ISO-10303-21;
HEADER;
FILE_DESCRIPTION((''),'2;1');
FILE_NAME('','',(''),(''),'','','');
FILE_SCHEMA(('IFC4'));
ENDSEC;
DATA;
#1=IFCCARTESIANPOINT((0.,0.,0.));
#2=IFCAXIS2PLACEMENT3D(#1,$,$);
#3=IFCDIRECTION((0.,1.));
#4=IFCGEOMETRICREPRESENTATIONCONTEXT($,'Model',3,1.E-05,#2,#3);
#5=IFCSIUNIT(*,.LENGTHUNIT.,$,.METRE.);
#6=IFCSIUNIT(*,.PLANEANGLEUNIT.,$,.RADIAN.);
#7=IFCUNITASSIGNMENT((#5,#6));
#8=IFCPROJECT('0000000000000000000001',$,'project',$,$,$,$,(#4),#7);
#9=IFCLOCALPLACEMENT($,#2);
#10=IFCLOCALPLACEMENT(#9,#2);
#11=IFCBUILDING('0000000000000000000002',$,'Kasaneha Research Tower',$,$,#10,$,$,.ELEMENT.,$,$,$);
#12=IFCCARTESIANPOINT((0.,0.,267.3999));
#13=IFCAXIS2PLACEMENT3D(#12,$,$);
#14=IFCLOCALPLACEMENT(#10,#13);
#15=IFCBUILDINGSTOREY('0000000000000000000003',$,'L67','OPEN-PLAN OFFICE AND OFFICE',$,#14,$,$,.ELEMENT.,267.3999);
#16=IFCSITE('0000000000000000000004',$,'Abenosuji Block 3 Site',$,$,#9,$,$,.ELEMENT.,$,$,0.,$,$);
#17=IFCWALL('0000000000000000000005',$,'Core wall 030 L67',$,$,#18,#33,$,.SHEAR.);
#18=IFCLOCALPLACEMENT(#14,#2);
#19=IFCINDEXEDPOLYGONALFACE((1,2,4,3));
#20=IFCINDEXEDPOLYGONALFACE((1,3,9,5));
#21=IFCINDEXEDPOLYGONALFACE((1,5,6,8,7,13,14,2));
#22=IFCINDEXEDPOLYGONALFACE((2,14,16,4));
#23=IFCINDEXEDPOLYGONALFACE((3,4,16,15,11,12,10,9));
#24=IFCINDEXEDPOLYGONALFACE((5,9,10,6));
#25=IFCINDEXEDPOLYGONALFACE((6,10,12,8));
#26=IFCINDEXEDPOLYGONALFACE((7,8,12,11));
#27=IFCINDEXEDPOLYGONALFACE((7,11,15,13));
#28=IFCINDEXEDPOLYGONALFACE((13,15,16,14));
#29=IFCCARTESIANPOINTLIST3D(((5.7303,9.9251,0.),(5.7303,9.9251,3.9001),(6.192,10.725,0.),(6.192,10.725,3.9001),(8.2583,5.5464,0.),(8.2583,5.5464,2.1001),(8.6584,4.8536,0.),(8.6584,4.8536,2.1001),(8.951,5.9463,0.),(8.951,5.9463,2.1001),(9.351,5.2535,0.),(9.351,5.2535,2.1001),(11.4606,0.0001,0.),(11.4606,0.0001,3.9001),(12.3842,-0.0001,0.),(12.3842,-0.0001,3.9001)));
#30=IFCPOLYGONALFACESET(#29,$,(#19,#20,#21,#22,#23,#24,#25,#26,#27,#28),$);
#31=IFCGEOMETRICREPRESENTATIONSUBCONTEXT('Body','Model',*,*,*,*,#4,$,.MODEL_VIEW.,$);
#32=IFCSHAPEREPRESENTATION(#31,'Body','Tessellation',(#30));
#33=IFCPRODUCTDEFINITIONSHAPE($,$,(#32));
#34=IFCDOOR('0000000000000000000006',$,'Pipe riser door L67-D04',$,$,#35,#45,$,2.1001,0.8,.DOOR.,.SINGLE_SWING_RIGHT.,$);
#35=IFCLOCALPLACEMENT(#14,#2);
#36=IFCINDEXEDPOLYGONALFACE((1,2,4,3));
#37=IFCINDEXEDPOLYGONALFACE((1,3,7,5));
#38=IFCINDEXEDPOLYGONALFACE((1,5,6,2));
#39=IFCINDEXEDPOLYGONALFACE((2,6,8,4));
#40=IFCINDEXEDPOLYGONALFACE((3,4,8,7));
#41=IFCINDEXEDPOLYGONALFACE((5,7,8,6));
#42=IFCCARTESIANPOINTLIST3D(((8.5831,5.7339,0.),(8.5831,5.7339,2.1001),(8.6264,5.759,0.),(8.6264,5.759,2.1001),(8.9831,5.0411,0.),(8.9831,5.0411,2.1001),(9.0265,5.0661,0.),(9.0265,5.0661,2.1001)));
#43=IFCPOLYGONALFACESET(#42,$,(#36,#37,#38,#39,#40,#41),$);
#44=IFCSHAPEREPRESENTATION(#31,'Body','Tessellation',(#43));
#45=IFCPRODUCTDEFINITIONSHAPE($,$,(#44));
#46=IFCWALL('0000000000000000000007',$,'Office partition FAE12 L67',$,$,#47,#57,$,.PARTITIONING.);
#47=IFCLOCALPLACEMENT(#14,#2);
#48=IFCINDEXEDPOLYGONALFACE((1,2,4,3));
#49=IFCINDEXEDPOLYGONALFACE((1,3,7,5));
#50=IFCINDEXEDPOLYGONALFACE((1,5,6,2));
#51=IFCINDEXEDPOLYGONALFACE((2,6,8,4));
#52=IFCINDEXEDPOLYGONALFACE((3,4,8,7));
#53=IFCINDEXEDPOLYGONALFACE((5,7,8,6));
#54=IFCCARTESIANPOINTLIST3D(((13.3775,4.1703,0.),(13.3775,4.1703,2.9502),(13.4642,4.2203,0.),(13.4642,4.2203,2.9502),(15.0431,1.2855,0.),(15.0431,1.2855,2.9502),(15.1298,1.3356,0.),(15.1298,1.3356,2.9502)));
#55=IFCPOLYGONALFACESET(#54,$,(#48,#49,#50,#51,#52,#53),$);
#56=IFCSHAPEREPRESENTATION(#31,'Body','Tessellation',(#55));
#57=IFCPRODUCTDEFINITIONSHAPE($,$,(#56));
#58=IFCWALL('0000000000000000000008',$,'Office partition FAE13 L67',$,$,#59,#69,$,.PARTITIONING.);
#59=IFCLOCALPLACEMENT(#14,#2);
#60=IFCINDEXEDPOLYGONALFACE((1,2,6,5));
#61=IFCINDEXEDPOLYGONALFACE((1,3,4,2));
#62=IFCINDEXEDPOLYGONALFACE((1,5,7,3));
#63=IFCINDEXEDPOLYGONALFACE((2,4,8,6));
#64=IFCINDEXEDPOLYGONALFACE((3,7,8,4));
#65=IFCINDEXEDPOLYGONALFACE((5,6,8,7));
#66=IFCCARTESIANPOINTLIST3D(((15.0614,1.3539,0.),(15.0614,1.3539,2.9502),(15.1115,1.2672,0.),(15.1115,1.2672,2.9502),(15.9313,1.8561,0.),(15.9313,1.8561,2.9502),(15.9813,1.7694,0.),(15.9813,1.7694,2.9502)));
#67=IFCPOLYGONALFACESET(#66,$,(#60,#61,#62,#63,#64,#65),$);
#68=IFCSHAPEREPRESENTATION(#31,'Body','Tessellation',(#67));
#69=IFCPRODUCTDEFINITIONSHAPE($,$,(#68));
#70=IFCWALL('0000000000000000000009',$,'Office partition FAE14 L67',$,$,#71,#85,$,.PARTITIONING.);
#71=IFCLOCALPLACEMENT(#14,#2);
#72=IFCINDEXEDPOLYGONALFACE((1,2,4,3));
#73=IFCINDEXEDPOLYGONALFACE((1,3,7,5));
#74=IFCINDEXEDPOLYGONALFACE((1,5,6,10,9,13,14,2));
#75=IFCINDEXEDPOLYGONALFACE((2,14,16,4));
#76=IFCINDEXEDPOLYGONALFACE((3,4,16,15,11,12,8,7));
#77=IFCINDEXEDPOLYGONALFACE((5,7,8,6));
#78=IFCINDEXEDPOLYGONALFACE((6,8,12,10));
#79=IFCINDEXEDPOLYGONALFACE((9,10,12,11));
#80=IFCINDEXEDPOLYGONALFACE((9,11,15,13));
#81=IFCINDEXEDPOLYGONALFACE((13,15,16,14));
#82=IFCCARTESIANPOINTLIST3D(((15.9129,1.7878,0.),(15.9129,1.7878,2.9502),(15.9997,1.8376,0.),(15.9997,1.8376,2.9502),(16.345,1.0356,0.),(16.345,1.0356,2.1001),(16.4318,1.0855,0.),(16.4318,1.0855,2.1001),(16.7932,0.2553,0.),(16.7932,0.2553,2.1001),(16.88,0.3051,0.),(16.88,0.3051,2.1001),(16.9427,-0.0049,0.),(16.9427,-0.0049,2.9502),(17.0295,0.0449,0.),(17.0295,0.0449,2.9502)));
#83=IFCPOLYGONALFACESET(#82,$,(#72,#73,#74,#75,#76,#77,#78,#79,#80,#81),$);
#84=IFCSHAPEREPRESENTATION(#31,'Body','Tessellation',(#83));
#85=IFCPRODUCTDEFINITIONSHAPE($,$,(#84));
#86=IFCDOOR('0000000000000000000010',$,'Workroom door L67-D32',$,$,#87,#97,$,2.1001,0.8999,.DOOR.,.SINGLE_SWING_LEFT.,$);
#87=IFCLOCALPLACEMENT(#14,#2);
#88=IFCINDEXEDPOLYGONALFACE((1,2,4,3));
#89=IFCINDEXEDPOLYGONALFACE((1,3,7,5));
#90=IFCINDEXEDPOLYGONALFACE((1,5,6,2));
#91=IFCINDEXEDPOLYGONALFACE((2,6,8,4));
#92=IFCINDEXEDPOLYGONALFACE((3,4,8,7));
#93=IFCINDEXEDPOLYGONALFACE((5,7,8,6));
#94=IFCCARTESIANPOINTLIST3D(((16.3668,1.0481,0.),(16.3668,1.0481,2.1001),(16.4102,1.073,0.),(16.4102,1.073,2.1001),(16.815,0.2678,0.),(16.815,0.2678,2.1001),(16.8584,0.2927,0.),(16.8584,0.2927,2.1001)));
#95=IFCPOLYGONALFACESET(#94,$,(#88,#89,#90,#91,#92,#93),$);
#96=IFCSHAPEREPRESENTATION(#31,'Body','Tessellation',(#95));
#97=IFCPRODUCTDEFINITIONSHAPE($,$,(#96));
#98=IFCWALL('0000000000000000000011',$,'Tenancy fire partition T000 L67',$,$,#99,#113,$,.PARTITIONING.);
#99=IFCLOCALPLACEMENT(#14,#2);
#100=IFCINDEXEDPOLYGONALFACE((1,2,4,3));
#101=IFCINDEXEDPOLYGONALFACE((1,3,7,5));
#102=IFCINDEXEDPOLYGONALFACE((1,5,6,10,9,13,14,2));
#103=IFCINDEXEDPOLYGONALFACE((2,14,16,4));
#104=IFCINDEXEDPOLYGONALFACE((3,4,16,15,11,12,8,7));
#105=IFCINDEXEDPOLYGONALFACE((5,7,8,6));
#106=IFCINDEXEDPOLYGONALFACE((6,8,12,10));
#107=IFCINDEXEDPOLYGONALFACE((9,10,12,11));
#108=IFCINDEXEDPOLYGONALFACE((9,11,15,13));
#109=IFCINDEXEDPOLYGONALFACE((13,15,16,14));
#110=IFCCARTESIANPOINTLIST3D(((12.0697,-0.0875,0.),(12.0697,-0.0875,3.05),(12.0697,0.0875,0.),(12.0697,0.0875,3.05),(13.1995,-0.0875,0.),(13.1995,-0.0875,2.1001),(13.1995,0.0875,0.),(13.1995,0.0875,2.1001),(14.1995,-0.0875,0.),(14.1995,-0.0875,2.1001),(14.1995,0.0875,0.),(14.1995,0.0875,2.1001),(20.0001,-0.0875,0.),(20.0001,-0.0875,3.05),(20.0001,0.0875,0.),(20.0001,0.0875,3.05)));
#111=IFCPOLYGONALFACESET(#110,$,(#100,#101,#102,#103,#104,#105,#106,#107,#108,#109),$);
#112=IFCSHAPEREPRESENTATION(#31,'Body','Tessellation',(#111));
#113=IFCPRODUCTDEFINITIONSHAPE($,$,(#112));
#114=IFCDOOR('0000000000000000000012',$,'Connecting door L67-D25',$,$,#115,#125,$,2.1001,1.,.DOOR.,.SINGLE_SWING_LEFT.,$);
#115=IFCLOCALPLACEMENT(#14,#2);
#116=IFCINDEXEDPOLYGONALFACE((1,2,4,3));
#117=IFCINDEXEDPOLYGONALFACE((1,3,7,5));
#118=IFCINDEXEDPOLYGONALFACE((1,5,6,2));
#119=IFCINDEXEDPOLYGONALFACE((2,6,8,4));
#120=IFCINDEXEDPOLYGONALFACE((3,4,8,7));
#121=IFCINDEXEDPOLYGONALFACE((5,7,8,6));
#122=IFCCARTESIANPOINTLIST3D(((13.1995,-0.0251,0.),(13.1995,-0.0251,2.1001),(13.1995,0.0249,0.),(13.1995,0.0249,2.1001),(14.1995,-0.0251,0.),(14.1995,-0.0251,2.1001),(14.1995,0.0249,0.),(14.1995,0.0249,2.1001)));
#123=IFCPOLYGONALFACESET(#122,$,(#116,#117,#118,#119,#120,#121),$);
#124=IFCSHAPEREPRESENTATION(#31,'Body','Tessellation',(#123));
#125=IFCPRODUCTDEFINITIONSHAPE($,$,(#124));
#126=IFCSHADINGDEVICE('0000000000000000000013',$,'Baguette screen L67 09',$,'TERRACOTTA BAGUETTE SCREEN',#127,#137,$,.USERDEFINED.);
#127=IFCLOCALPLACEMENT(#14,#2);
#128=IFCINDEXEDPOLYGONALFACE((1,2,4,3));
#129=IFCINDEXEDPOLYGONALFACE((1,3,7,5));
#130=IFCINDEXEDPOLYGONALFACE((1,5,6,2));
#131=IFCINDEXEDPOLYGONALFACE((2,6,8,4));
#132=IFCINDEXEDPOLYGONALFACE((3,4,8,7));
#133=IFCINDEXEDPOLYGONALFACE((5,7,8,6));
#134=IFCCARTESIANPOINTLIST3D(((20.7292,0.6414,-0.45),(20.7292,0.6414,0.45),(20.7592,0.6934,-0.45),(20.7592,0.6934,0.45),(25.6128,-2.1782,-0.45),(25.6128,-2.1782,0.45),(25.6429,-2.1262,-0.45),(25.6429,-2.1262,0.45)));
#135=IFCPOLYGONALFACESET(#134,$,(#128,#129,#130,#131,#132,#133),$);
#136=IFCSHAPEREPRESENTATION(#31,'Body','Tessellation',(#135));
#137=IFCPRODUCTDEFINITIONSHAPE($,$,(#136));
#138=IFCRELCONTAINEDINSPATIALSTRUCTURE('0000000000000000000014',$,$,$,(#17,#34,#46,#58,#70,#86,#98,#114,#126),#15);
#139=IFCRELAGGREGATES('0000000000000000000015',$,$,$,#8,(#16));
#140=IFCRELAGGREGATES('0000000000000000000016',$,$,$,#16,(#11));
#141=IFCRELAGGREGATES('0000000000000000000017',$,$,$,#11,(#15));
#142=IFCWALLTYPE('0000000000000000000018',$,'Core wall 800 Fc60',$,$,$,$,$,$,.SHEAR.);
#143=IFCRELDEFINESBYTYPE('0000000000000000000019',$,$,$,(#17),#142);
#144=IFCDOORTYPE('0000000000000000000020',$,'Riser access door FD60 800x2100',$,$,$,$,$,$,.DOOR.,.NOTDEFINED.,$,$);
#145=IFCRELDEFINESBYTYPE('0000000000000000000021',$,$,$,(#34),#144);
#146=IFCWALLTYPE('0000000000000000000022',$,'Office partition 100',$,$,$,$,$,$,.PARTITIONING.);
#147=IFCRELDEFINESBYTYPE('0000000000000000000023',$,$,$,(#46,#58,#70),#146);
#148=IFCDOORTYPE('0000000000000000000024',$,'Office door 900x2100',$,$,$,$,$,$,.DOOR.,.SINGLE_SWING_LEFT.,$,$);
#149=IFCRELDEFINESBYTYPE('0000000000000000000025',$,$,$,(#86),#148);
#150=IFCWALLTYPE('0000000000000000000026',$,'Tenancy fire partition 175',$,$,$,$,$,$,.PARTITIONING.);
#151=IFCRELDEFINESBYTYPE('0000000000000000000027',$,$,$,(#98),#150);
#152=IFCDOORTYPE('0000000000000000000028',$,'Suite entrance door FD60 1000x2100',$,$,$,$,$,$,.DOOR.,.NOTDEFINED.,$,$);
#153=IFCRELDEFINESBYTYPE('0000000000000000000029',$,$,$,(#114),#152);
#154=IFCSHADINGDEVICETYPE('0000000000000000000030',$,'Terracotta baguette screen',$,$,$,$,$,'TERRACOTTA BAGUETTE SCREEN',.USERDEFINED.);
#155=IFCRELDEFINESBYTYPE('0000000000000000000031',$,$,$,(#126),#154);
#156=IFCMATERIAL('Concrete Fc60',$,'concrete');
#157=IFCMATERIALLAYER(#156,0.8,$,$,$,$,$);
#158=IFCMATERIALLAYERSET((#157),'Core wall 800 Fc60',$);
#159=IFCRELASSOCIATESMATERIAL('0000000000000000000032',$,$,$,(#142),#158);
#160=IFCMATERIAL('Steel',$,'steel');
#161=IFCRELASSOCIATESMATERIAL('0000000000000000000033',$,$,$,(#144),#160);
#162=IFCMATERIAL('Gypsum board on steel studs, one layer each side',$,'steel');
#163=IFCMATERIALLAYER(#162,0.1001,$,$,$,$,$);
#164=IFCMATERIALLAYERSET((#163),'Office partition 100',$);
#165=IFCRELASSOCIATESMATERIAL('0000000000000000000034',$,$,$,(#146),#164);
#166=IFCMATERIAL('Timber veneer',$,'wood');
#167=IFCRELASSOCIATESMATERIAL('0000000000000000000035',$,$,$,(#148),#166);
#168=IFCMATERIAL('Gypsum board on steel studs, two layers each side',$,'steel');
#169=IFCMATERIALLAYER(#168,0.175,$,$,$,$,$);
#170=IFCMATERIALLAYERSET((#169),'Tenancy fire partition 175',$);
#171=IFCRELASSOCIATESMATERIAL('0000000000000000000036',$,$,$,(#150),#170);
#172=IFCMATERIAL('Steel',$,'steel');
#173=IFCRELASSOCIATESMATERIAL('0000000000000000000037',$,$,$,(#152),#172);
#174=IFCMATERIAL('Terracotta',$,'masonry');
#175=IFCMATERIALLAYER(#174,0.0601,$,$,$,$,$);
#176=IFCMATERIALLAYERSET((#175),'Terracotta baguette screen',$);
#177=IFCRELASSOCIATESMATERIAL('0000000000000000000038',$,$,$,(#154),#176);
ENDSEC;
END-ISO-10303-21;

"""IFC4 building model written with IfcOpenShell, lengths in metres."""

from ifc_helpers import new_model, si_unit, direction, frame, frame_2d, origin, origin_2d, place, context, subcontext, project, spatial, polyline, rectangle, outline, extrude, material, layer, layer_set, type_object, element, fill, save


model = new_model("IFC4")

# Units and contexts
model_context = context("Model", 3, precision=1e-05, world=origin(), true_north=direction((0.0, 1.0)))
body_context = subcontext(model_context, "Body", "Model", "MODEL_VIEW")
ifc_project = project(units=[si_unit("LENGTHUNIT", "METRE"), si_unit("PLANEANGLEUNIT", "RADIAN")], contexts=[model_context])

# Site, building, storey
site_placement = place(None, origin())
site = spatial("IfcSite", under=ifc_project, at=site_placement, Name="Abenosuji Block 3 Site", CompositionType="ELEMENT", RefElevation=0.0)
building_placement = place(site_placement, origin())
building = spatial("IfcBuilding", under=site, at=building_placement, Name="Kasaneha Research Tower", CompositionType="ELEMENT")
storey_placement = place(building_placement, frame((0.0, 0.0, 267.3999)))
storey = spatial("IfcBuildingStorey", under=building, at=storey_placement, Name="L67", Description="OPEN-PLAN OFFICE AND OFFICE", CompositionType="ELEMENT", Elevation=267.3999)

# Wall, opening, door
ifc_material_1 = material(Name="Concrete Fc60", Category="concrete")
ifc_layer_1 = layer(ifc_material_1, 0.8)
ifc_layer_set_1 = layer_set([ifc_layer_1], Name="Core wall 800 Fc60")
wall_type_1 = type_object("IfcWallType", Name="Core wall 800 Fc60", PredefinedType="SHEAR", material=ifc_layer_set_1)
wall_1_placement = place(storey_placement, frame((11.9224, 0.0, 0.0), z_axis=(0.0, 0.0, 1.0), x_axis=(-0.500004, 0.866023, 0.0)))
wall_1 = element("IfcWall", 1, at=wall_1_placement, inside=storey, type_object=wall_type_1, Name="Core wall 030 L67", PredefinedType="SHEAR", context=body_context, shape_type="SweptSolid", body=[
    extrude(outline(polyline([(-0.231, -0.3999), (5.8354, -0.3999), (6.6355, -0.3999), (12.1533, -0.3999), (11.6914, 0.3999), (6.6355, 0.3999), (5.8354, 0.3999), (0.231, 0.3999), (-0.231, -0.3999)])), origin(), (0.0, 0.0, 1.0), 3.9001),
])
opening_1_placement = place(wall_1_placement, frame((5.8354, 0.0, 0.0)))
opening_1 = element("IfcOpeningElement", 2, at=opening_1_placement, cuts=wall_1, PredefinedType="OPENING", context=body_context, shape_type="SweptSolid", body=[
    extrude(rectangle(XDim=0.8, YDim=2.1001, at=frame_2d((0.3999, 1.05))), frame((0.0, 0.4102, 0.0), z_axis=(0.0, -1.0, 0.0), x_axis=(1.0, 0.0, 0.0)), (0.0, 0.0, 1.0), 0.8201),
])
ifc_material_2 = material(Name="Steel", Category="steel")
door_type_1 = type_object("IfcDoorType", Name="Riser access door FD60 800x2100", OperationType="NOTDEFINED", PredefinedType="DOOR", material=ifc_material_2)
door_1_placement = place(opening_1_placement, origin())
door_1 = element("IfcDoor", 3, at=door_1_placement, inside=storey, type_object=door_type_1, Name="Pipe riser door L67-D04", OperationType="SINGLE_SWING_RIGHT", OverallHeight=2.1001, OverallWidth=0.8, PredefinedType="DOOR", context=body_context, shape_type="SweptSolid", body=[
    extrude(rectangle(XDim=0.8, YDim=2.1001, at=frame_2d((0.3999, 1.05))), frame((0.0, 0.0249, 0.0), z_axis=(0.0, -1.0, 0.0), x_axis=(1.0, 0.0, 0.0)), (0.0, 0.0, 1.0), 0.05),
])
fill(opening_1, door_1)

# Walls
ifc_material_3 = material(Name="Gypsum board on steel studs, one layer each side", Category="steel")
ifc_layer_2 = layer(ifc_material_3, 0.1001)
ifc_layer_set_2 = layer_set([ifc_layer_2], Name="Office partition 100")
wall_type_2 = type_object("IfcWallType", Name="Office partition 100", PredefinedType="PARTITIONING", material=ifc_layer_set_2)
wall_2_placement = place(storey_placement, frame((15.0864, 1.3105, 0.0), z_axis=(0.0, 0.0, 1.0), x_axis=(-0.500002, 0.866024, 0.0)))
element("IfcWall", 4, at=wall_2_placement, inside=storey, type_object=wall_type_2, Name="Office partition FAE12 L67", PredefinedType="PARTITIONING", context=body_context, shape_type="SweptSolid", body=[
    extrude(rectangle(XDim=3.3311, YDim=0.1001, at=frame_2d((1.6655, 0.0))), origin(), (0.0, 0.0, 1.0), 2.9502),
])
wall_3_placement = place(storey_placement, frame((15.9563, 1.8127, 0.0), z_axis=(0.0, 0.0, 1.0), x_axis=(-0.866036, -0.499982, 0.0)))
element("IfcWall", 5, at=wall_3_placement, inside=storey, type_object=wall_type_2, Name="Office partition FAE13 L67", PredefinedType="PARTITIONING", context=body_context, shape_type="SweptSolid", body=[
    extrude(rectangle(XDim=1.0044, YDim=0.1001, at=frame_2d((0.5022, 0.0))), origin(), (0.0, 0.0, 1.0), 2.9502),
])

# Walls, openings, doors
wall_4_placement = place(storey_placement, frame((16.9861, 0.02, 0.0), z_axis=(0.0, 0.0, 1.0), x_axis=(-0.498096, 0.867122, 0.0)))
wall_4 = element("IfcWall", 6, at=wall_4_placement, inside=storey, type_object=wall_type_2, Name="Office partition FAE14 L67", PredefinedType="PARTITIONING", context=body_context, shape_type="SweptSolid", body=[
    extrude(rectangle(XDim=2.0674, YDim=0.1001, at=frame_2d((1.0337, 0.0))), origin(), (0.0, 0.0, 1.0), 2.9502),
])
opening_2_placement = place(wall_4_placement, frame((0.3, 0.0, 0.0)))
opening_2 = element("IfcOpeningElement", 7, at=opening_2_placement, cuts=wall_4, PredefinedType="OPENING", context=body_context, shape_type="SweptSolid", body=[
    extrude(rectangle(XDim=0.8999, YDim=2.1001, at=frame_2d((0.45, 1.05))), frame((0.0, 0.0601, 0.0), z_axis=(0.0, -1.0, 0.0), x_axis=(1.0, 0.0, 0.0)), (0.0, 0.0, 1.0), 0.1201),
])
ifc_material_4 = material(Name="Timber veneer", Category="wood")
door_type_2 = type_object("IfcDoorType", Name="Office door 900x2100", OperationType="SINGLE_SWING_LEFT", PredefinedType="DOOR", material=ifc_material_4)
door_2_placement = place(opening_2_placement, origin())
door_2 = element("IfcDoor", 8, at=door_2_placement, inside=storey, type_object=door_type_2, Name="Workroom door L67-D32", OperationType="SINGLE_SWING_LEFT", OverallHeight=2.1001, OverallWidth=0.8999, PredefinedType="DOOR", context=body_context, shape_type="SweptSolid", body=[
    extrude(rectangle(XDim=0.8999, YDim=2.1001, at=frame_2d((0.45, 1.05))), frame((0.0, 0.0249, 0.0), z_axis=(0.0, -1.0, 0.0), x_axis=(1.0, 0.0, 0.0)), (0.0, 0.0, 1.0), 0.05),
])
fill(opening_2, door_2)
ifc_material_5 = material(Name="Gypsum board on steel studs, two layers each side", Category="steel")
ifc_layer_3 = layer(ifc_material_5, 0.175)
ifc_layer_set_3 = layer_set([ifc_layer_3], Name="Tenancy fire partition 175")
wall_type_3 = type_object("IfcWallType", Name="Tenancy fire partition 175", PredefinedType="PARTITIONING", material=ifc_layer_set_3)
wall_5_placement = place(storey_placement, frame((12.0696, 0.0, 0.0), z_axis=(0.0, 0.0, 1.0), x_axis=(1.0, 0.0, 0.0)))
wall_5 = element("IfcWall", 9, at=wall_5_placement, inside=storey, type_object=wall_type_3, Name="Tenancy fire partition T000 L67", PredefinedType="PARTITIONING", context=body_context, shape_type="SweptSolid", body=[
    extrude(rectangle(XDim=7.9304, YDim=0.175, at=frame_2d((3.9653, 0.0))), origin(), (0.0, 0.0, 1.0), 3.05),
])
opening_3_placement = place(wall_5_placement, frame((1.1299, 0.0, 0.0)))
opening_3 = element("IfcOpeningElement", 10, at=opening_3_placement, cuts=wall_5, PredefinedType="OPENING", context=body_context, shape_type="SweptSolid", body=[
    extrude(rectangle(XDim=1.0, YDim=2.1001, at=frame_2d((0.5, 1.05))), frame((0.0, 0.0977, 0.0), z_axis=(0.0, -1.0, 0.0), x_axis=(1.0, 0.0, 0.0)), (0.0, 0.0, 1.0), 0.1951),
])
ifc_material_6 = material(Name="Steel", Category="steel")
door_type_3 = type_object("IfcDoorType", Name="Suite entrance door FD60 1000x2100", OperationType="NOTDEFINED", PredefinedType="DOOR", material=ifc_material_6)
door_3_placement = place(opening_3_placement, origin())
door_3 = element("IfcDoor", 11, at=door_3_placement, inside=storey, type_object=door_type_3, Name="Connecting door L67-D25", OperationType="SINGLE_SWING_LEFT", OverallHeight=2.1001, OverallWidth=1.0, PredefinedType="DOOR", context=body_context, shape_type="SweptSolid", body=[
    extrude(rectangle(XDim=1.0, YDim=2.1001, at=frame_2d((0.5, 1.05))), frame((0.0, 0.0249, 0.0), z_axis=(0.0, -1.0, 0.0), x_axis=(1.0, 0.0, 0.0)), (0.0, 0.0, 1.0), 0.05),
])
fill(opening_3, door_3)

# Shading device
ifc_material_7 = material(Name="Terracotta", Category="masonry")
ifc_layer_4 = layer(ifc_material_7, 0.0601)
ifc_layer_set_4 = layer_set([ifc_layer_4], Name="Terracotta baguette screen")
shading_device_type = type_object("IfcShadingDeviceType", Name="Terracotta baguette screen", ElementType="TERRACOTTA BAGUETTE SCREEN", PredefinedType="USERDEFINED", material=ifc_layer_set_4)
shading_device_placement = place(storey_placement, frame((23.186, -0.7424, -0.45), z_axis=(0.0, 0.0, 1.0), x_axis=(-0.866025, 0.5, 0.0)))
element("IfcShadingDevice", 12, at=shading_device_placement, inside=storey, type_object=shading_device_type, Name="Baguette screen L67 09", ObjectType="TERRACOTTA BAGUETTE SCREEN", PredefinedType="USERDEFINED", context=body_context, shape_type="SweptSolid", body=[
    extrude(rectangle(XDim=5.6392, YDim=0.0601, at=origin_2d()), origin(), (0.0, 0.0, 1.0), 0.8999),
])

save(model, "model.ifc")
